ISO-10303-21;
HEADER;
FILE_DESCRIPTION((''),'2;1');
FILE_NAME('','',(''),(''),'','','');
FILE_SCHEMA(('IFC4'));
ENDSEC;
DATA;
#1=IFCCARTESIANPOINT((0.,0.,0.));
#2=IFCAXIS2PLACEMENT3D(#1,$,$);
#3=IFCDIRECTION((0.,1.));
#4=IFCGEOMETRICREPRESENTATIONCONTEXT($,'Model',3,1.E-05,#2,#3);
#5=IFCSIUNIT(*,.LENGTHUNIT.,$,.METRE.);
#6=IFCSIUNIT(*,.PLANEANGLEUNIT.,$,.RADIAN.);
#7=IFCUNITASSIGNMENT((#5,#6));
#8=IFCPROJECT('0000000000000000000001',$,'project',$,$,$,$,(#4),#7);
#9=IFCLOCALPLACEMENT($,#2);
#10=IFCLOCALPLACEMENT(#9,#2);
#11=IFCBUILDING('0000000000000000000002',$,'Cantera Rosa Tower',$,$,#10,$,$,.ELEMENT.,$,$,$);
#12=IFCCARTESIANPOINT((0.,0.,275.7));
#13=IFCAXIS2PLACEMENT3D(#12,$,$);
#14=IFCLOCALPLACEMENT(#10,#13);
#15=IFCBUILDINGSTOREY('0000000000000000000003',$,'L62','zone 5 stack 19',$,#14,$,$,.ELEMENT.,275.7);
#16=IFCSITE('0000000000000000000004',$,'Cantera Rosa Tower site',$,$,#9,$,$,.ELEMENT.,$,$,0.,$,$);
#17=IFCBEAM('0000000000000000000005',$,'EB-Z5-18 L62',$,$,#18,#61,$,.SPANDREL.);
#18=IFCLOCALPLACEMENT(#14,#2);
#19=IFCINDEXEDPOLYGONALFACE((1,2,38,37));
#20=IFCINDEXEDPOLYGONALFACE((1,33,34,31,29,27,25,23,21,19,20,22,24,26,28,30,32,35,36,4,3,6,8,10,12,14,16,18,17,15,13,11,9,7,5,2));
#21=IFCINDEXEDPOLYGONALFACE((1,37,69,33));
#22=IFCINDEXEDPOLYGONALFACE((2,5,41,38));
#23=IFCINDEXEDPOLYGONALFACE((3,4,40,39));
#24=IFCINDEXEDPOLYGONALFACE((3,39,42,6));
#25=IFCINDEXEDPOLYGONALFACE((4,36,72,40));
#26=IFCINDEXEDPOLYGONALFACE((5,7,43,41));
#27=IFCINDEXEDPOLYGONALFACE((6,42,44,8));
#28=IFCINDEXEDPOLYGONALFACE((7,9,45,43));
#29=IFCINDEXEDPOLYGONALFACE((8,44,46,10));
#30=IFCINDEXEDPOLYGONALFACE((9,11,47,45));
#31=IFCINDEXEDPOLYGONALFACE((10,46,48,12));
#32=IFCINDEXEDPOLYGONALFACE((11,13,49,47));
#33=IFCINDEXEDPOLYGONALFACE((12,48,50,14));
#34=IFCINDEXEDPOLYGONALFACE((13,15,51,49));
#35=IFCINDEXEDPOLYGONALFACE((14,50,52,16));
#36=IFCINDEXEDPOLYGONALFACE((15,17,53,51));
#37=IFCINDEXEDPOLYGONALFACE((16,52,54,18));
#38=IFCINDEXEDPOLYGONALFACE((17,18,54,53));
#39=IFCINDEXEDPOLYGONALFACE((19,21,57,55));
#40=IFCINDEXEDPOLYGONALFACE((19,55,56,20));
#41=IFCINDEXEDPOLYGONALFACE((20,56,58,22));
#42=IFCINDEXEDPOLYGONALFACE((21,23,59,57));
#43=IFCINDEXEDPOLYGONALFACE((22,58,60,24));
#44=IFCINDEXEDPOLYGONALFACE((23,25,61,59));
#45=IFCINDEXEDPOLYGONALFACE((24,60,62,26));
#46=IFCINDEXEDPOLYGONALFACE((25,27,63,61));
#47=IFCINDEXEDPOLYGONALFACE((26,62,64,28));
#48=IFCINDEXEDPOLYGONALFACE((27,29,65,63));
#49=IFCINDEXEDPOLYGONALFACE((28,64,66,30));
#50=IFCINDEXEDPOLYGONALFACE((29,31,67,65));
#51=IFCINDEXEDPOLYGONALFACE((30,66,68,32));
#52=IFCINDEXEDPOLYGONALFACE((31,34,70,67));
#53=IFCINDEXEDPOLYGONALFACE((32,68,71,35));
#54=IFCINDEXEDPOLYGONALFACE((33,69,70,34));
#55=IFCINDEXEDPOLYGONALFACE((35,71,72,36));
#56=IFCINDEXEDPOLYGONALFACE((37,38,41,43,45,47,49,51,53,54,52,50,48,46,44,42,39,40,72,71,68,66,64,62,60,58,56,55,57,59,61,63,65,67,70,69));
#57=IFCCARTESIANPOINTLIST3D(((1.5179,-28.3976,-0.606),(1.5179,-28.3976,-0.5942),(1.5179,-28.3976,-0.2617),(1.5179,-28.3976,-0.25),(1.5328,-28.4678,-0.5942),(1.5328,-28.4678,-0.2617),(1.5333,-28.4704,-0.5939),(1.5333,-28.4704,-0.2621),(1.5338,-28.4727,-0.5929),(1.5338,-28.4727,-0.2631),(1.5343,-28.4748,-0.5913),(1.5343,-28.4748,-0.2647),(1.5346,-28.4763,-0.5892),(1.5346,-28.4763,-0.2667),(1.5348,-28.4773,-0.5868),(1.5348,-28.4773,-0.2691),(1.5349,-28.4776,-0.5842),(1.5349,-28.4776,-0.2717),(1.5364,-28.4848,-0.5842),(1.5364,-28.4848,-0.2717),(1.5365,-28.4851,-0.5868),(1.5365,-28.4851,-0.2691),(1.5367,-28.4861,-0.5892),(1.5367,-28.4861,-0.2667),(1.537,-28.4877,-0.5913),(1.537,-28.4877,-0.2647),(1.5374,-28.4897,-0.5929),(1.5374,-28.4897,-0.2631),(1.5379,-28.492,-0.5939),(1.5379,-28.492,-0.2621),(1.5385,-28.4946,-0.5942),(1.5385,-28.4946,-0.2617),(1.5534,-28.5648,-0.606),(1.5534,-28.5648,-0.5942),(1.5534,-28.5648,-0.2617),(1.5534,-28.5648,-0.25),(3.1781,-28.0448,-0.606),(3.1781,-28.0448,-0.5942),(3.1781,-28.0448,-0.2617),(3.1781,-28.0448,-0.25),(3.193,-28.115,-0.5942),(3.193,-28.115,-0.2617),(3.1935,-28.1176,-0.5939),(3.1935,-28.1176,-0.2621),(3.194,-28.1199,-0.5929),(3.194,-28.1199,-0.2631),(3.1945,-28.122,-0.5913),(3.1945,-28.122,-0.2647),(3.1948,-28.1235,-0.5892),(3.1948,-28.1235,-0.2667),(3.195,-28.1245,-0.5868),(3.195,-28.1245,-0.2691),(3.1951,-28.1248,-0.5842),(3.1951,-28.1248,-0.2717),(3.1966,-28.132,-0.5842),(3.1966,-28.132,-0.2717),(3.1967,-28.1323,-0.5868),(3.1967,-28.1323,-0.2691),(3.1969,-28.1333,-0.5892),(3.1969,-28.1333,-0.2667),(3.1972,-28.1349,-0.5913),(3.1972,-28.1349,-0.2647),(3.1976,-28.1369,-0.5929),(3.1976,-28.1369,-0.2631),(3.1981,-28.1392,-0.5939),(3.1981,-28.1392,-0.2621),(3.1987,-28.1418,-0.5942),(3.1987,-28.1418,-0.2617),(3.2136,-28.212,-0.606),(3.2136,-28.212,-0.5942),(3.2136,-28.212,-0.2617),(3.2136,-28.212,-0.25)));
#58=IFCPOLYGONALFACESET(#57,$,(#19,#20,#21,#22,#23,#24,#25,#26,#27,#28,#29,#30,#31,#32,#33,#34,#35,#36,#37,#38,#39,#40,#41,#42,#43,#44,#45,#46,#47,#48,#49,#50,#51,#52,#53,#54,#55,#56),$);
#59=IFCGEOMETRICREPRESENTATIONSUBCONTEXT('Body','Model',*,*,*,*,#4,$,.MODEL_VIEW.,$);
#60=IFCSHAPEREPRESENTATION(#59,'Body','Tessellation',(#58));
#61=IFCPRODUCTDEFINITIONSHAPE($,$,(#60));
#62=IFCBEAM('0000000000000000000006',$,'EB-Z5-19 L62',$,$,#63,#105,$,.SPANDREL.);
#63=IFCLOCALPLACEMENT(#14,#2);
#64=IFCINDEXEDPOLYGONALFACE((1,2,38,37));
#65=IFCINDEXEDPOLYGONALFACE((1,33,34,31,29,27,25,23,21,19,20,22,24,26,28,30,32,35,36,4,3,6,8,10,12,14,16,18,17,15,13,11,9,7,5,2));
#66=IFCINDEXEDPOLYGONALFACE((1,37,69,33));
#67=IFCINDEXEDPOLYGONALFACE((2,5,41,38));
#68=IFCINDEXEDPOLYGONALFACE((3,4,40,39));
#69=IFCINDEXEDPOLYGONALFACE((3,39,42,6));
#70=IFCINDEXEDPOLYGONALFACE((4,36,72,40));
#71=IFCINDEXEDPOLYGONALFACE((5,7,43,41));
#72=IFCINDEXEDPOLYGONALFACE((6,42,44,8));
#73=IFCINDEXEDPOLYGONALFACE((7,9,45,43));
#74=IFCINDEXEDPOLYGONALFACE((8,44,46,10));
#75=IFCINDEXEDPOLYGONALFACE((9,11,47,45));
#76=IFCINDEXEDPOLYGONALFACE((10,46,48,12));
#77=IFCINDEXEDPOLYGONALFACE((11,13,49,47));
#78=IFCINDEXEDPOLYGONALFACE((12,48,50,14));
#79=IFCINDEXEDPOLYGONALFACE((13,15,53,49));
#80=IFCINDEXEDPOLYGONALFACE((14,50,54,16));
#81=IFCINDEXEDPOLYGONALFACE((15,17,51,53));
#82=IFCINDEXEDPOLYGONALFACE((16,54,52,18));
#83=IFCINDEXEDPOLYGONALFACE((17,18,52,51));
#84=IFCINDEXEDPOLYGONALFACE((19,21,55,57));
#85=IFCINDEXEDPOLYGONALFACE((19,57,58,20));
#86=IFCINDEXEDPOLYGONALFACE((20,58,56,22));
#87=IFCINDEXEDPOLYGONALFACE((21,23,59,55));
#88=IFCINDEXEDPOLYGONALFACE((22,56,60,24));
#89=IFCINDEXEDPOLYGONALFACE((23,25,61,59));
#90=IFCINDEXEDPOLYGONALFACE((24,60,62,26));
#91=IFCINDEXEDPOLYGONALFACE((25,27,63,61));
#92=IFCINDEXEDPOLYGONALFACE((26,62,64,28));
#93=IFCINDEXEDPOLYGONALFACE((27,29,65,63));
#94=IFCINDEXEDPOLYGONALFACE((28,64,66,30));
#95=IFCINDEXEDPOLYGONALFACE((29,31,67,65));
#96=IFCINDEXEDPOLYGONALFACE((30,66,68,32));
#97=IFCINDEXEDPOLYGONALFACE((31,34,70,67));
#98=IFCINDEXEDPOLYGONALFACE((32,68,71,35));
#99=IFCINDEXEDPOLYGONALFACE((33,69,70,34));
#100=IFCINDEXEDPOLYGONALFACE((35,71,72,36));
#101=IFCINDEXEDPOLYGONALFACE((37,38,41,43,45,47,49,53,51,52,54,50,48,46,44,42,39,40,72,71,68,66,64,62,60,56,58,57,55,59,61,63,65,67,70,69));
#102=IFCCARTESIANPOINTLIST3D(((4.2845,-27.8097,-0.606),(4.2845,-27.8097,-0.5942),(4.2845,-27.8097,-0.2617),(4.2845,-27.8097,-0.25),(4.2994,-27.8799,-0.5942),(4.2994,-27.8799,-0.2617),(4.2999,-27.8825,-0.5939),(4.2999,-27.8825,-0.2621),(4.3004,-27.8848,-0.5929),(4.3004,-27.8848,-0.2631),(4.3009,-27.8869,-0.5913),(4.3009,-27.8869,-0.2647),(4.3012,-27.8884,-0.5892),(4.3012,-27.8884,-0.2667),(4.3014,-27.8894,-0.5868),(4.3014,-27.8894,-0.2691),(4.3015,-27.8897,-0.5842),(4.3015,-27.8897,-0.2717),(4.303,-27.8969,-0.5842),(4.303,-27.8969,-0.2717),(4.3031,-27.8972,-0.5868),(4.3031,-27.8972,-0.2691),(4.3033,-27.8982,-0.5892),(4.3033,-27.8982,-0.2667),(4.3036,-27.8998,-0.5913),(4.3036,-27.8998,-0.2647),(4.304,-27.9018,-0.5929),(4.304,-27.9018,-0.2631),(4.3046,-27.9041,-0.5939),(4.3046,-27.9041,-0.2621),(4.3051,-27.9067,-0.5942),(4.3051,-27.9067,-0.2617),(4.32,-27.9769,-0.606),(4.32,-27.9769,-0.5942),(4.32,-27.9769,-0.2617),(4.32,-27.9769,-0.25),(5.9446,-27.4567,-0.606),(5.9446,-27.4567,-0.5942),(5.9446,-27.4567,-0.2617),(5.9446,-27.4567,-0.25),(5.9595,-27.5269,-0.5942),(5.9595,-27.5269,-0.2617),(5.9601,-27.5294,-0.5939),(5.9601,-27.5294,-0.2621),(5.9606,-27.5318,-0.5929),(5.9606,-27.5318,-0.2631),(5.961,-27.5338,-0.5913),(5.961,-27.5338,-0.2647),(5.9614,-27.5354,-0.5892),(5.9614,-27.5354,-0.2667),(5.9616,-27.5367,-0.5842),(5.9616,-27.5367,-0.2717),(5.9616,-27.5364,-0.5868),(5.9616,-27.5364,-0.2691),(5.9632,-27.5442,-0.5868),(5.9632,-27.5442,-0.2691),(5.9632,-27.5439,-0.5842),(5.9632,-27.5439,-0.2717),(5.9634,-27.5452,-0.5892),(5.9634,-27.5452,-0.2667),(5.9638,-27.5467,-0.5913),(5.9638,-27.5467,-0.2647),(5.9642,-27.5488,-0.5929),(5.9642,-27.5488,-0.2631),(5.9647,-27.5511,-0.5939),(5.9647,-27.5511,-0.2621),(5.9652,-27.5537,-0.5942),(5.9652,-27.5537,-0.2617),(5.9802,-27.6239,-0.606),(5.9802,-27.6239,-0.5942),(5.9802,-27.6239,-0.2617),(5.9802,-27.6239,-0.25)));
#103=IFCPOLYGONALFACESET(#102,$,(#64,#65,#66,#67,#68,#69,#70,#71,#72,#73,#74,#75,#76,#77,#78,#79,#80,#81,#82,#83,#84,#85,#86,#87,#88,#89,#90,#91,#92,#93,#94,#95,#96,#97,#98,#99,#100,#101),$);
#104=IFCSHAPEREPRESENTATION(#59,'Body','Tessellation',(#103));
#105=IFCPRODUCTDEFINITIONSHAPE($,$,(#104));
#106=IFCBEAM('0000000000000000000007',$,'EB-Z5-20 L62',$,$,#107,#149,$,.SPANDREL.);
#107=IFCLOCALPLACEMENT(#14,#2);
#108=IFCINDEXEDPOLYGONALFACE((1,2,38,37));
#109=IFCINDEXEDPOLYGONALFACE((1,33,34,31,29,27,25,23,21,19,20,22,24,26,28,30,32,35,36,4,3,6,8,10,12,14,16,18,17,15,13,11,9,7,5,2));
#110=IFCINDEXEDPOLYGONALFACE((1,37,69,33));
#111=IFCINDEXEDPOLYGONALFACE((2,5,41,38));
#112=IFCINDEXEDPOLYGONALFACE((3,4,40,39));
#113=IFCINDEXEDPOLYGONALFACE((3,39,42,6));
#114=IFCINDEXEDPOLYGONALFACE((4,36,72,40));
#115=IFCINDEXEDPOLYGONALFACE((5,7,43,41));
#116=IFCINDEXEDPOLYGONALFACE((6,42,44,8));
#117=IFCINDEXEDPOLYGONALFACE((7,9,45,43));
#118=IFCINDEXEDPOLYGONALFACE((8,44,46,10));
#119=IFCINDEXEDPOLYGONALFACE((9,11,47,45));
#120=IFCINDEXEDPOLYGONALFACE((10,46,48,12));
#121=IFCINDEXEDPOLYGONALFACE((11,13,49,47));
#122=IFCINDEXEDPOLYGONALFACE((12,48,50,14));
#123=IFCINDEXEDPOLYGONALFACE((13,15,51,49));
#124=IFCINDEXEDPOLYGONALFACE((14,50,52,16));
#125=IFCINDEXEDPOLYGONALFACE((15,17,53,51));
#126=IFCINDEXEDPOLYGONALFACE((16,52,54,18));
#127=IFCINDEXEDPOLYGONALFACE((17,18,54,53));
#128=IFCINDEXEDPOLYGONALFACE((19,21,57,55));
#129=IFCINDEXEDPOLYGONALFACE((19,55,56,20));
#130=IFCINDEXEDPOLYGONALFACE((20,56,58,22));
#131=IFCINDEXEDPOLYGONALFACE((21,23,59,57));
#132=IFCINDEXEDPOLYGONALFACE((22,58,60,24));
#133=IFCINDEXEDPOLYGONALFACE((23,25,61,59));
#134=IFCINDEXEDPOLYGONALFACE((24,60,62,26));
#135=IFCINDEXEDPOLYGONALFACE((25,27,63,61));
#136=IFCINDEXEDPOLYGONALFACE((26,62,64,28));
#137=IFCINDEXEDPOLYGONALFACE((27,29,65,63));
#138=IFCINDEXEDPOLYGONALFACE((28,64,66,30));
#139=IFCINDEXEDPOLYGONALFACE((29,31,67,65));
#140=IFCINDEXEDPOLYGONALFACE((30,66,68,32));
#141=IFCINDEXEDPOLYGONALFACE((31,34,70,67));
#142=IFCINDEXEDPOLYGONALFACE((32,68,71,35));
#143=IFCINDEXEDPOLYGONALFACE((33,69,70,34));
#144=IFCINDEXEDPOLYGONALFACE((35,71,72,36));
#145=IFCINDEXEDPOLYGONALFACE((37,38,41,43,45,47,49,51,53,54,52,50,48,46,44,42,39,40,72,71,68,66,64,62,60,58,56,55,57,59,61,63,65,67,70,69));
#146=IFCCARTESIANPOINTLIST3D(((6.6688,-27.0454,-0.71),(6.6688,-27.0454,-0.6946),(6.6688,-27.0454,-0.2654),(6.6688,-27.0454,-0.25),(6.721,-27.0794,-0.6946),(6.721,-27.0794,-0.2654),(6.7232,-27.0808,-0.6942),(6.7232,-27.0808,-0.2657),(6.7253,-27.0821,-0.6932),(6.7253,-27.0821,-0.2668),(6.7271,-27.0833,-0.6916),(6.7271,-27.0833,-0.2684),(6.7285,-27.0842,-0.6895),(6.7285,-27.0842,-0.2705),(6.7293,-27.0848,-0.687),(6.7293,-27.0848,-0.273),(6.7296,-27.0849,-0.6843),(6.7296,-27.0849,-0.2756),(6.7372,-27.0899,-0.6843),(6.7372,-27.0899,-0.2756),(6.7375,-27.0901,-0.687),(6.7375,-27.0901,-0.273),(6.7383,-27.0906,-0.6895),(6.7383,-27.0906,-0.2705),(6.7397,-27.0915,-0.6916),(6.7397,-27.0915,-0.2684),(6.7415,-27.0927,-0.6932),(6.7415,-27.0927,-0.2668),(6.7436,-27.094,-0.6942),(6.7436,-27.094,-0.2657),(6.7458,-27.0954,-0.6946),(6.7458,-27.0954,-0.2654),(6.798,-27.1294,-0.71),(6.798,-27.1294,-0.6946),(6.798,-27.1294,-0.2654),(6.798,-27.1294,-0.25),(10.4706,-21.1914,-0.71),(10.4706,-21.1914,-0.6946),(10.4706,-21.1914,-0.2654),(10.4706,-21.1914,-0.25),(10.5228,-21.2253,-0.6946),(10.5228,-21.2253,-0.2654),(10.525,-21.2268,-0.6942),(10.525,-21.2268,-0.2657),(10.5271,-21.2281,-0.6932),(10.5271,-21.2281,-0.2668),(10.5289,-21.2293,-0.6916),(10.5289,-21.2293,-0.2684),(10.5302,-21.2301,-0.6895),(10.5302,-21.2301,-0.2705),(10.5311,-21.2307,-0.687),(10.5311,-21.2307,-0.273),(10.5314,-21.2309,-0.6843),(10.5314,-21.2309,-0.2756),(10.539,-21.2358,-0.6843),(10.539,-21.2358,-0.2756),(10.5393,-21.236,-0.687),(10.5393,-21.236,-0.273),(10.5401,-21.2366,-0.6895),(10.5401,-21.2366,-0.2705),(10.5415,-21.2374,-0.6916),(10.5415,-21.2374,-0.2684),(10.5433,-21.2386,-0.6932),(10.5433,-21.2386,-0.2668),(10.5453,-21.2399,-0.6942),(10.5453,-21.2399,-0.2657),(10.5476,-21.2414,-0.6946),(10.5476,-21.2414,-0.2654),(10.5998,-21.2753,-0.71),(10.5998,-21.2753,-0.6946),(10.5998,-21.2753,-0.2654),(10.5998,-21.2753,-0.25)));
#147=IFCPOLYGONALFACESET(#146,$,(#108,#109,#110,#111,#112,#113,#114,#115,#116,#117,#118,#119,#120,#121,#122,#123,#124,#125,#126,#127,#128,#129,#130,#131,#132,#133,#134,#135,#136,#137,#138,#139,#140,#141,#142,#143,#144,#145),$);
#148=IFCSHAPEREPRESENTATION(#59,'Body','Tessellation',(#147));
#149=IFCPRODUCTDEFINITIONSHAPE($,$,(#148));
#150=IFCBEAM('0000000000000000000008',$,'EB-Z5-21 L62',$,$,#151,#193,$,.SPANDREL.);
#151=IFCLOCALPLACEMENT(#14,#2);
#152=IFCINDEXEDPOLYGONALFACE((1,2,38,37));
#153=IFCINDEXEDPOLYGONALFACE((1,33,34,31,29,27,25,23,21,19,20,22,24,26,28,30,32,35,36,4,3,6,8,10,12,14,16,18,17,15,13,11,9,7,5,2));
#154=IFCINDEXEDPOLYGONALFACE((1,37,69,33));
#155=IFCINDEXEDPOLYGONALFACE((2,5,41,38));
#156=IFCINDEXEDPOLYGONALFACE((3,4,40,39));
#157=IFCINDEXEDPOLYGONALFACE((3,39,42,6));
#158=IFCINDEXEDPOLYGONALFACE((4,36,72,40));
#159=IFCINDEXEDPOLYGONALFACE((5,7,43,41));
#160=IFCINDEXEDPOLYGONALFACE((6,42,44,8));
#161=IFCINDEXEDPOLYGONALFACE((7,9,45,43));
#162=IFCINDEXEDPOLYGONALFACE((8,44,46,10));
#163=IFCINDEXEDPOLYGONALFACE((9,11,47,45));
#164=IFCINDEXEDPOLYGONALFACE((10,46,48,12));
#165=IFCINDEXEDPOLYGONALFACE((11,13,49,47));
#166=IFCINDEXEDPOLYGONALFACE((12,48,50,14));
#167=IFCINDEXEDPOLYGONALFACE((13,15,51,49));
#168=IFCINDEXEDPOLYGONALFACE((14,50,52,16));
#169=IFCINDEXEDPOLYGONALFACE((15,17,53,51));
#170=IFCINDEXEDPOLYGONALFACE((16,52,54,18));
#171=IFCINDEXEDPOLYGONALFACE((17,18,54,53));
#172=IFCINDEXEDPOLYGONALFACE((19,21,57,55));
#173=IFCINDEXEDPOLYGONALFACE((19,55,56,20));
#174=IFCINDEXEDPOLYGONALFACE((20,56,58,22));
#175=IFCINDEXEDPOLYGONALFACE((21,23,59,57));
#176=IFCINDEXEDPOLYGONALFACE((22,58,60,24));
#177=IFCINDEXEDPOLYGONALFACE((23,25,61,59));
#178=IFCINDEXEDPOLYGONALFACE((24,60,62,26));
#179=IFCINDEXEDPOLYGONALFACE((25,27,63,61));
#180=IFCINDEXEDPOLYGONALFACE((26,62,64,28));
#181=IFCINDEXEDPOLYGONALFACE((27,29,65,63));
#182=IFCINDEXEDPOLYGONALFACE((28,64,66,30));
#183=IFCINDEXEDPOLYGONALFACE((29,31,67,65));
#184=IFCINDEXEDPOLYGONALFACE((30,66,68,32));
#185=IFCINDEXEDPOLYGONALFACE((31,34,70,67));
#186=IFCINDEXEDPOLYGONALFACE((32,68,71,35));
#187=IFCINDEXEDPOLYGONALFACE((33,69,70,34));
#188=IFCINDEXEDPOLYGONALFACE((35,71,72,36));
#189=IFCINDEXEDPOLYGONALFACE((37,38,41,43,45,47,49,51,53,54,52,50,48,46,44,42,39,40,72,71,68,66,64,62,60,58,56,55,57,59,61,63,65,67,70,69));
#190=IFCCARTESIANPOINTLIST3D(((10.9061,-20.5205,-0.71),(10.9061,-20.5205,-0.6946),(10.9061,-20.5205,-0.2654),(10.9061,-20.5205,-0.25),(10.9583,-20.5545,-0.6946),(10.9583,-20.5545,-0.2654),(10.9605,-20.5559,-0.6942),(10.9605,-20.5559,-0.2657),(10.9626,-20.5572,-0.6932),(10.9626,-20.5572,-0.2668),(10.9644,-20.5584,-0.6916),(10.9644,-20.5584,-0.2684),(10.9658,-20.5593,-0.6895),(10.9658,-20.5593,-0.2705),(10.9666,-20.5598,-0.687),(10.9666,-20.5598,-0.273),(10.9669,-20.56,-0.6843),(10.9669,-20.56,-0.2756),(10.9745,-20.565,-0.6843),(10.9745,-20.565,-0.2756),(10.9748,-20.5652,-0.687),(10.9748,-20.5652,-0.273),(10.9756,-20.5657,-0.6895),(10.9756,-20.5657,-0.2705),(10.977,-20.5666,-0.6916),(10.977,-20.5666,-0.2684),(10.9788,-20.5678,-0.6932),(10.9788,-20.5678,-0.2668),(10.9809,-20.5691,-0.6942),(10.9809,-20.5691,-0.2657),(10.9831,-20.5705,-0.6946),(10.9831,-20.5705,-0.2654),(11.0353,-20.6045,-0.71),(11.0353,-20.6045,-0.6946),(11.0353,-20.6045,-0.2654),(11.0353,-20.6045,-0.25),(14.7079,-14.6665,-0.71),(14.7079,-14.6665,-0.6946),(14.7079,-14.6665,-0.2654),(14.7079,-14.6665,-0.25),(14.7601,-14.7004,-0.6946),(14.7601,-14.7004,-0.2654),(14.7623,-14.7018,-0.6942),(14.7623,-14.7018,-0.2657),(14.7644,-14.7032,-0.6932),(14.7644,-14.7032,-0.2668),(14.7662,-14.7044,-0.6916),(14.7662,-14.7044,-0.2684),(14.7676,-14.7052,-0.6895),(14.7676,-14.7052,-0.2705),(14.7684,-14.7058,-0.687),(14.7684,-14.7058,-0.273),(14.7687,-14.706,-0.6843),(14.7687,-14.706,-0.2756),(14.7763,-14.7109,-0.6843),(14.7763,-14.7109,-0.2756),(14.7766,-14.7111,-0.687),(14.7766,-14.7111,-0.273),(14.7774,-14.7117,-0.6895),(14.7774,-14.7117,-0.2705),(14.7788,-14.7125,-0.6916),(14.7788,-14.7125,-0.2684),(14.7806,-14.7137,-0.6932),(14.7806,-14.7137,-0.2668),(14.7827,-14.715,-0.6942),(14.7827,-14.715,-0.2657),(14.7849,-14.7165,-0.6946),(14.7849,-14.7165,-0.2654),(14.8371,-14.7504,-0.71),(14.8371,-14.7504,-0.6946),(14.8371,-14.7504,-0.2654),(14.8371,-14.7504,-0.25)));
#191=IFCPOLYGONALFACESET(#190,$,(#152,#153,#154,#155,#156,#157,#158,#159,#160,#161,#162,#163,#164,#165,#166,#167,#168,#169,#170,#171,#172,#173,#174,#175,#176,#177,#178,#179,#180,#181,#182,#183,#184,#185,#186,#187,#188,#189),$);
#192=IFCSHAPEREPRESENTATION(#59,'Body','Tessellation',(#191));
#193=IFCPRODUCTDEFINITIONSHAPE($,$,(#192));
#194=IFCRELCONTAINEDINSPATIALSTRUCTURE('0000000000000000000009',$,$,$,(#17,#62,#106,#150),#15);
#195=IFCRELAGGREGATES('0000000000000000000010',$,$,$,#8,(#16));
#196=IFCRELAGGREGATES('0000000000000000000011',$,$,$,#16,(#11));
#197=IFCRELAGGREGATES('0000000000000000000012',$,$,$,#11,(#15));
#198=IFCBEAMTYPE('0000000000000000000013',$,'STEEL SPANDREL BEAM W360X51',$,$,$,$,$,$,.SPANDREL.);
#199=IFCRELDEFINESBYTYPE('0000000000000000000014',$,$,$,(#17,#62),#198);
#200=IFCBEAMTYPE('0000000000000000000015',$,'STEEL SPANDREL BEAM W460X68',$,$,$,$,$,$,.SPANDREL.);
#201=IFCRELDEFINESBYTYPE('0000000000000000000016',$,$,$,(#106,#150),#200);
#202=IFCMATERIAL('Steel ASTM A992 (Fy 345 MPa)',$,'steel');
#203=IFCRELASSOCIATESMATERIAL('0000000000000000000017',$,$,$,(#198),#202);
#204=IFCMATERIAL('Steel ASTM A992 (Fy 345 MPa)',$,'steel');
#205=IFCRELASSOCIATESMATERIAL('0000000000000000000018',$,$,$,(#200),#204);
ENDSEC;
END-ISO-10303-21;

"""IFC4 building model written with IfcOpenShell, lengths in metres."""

from ifc_helpers import new_model, si_unit, direction, frame, origin, origin_2d, place, context, subcontext, project, spatial, i_section, extrude, material, material_profile, profile_set, type_object, element, save


model = new_model("IFC4")

# Units and contexts
model_context = context("Model", 3, precision=1e-05, world=origin(), true_north=direction((0.0, 1.0)))
body_context = subcontext(model_context, "Body", "Model", "MODEL_VIEW")
ifc_project = project(units=[si_unit("LENGTHUNIT", "METRE"), si_unit("PLANEANGLEUNIT", "RADIAN")], contexts=[model_context])

# Site, building, storey
site_placement = place(None, origin())
site = spatial("IfcSite", under=ifc_project, at=site_placement, Name="Cantera Rosa Tower site", CompositionType="ELEMENT", RefElevation=0.0)
building_placement = place(site_placement, origin())
building = spatial("IfcBuilding", under=site, at=building_placement, Name="Cantera Rosa Tower", CompositionType="ELEMENT")
storey_placement = place(building_placement, frame((0.0, 0.0, 275.7)))
storey = spatial("IfcBuildingStorey", under=building, at=storey_placement, Name="L62", Description="zone 5 stack 19", CompositionType="ELEMENT", Elevation=275.7)

# Beams
ifc_material_1 = material(Name="Steel ASTM A992 (Fy 345 MPa)", Category="steel")
ifc_material_profile_1 = material_profile(ifc_material_1, i_section(OverallWidth=0.1709, OverallDepth=0.356, WebThickness=0.0073, FlangeThickness=0.0117, FilletRadius=0.01, at=origin_2d()), Name="W360X51")
ifc_profile_set_1 = profile_set([ifc_material_profile_1], Name="Steel ASTM A992 (Fy 345 MPa)")
beam_type_1 = type_object("IfcBeamType", Name="STEEL SPANDREL BEAM W360X51", PredefinedType="SPANDREL", material=ifc_profile_set_1)
for number, where, z_axis, x_axis, name in (
    (1, (1.5356, -28.4812, -0.428), (0.978159, 0.207859, 0.0), (-0.207859, 0.978159, 0.0), "EB-Z5-18 L62"),
    (2, (4.3022, -27.8933, -0.428), (0.97813, 0.207996, 0.0), (-0.207996, 0.97813, 0.0), "EB-Z5-19 L62"),
):
    element("IfcBeam", number, at=place(storey_placement, frame(where, z_axis=z_axis, x_axis=x_axis)), inside=storey, type_object=beam_type_1, Name=name, PredefinedType="SPANDREL", context=body_context, shape_type="SweptSolid", body=[
        extrude(i_section(OverallWidth=0.1709, OverallDepth=0.356, WebThickness=0.0073, FlangeThickness=0.0117, FilletRadius=0.01, at=origin_2d()), origin(), (0.0, 0.0, 1.0), 1.6973),
    ])
ifc_material_2 = material(Name="Steel ASTM A992 (Fy 345 MPa)", Category="steel")
ifc_material_profile_2 = material_profile(ifc_material_2, i_section(OverallWidth=0.1541, OverallDepth=0.46, WebThickness=0.009, FlangeThickness=0.0154, FilletRadius=0.0103, at=origin_2d()), Name="W460X68")
ifc_profile_set_2 = profile_set([ifc_material_profile_2], Name="Steel ASTM A992 (Fy 345 MPa)")
beam_type_2 = type_object("IfcBeamType", Name="STEEL SPANDREL BEAM W460X68", PredefinedType="SPANDREL", material=ifc_profile_set_2)
for number, where, z_axis, x_axis, name in (
    (3, (6.7334, -27.0874, -0.48), (0.544651, 0.838663, 0.0), (-0.838663, 0.544651, 0.0), "EB-Z5-20 L62"),
    (4, (10.9707, -20.5625, -0.48), (0.544651, 0.838663, 0.0), (-0.838663, 0.544651, 0.0), "EB-Z5-21 L62"),
):
    element("IfcBeam", number, at=place(storey_placement, frame(where, z_axis=z_axis, x_axis=x_axis)), inside=storey, type_object=beam_type_2, Name=name, PredefinedType="SPANDREL", context=body_context, shape_type="SweptSolid", body=[
        extrude(i_section(OverallWidth=0.1541, OverallDepth=0.46, WebThickness=0.009, FlangeThickness=0.0154, FilletRadius=0.0103, at=origin_2d()), origin(), (0.0, 0.0, 1.0), 6.9802),
    ])

save(model, "model.ifc")
